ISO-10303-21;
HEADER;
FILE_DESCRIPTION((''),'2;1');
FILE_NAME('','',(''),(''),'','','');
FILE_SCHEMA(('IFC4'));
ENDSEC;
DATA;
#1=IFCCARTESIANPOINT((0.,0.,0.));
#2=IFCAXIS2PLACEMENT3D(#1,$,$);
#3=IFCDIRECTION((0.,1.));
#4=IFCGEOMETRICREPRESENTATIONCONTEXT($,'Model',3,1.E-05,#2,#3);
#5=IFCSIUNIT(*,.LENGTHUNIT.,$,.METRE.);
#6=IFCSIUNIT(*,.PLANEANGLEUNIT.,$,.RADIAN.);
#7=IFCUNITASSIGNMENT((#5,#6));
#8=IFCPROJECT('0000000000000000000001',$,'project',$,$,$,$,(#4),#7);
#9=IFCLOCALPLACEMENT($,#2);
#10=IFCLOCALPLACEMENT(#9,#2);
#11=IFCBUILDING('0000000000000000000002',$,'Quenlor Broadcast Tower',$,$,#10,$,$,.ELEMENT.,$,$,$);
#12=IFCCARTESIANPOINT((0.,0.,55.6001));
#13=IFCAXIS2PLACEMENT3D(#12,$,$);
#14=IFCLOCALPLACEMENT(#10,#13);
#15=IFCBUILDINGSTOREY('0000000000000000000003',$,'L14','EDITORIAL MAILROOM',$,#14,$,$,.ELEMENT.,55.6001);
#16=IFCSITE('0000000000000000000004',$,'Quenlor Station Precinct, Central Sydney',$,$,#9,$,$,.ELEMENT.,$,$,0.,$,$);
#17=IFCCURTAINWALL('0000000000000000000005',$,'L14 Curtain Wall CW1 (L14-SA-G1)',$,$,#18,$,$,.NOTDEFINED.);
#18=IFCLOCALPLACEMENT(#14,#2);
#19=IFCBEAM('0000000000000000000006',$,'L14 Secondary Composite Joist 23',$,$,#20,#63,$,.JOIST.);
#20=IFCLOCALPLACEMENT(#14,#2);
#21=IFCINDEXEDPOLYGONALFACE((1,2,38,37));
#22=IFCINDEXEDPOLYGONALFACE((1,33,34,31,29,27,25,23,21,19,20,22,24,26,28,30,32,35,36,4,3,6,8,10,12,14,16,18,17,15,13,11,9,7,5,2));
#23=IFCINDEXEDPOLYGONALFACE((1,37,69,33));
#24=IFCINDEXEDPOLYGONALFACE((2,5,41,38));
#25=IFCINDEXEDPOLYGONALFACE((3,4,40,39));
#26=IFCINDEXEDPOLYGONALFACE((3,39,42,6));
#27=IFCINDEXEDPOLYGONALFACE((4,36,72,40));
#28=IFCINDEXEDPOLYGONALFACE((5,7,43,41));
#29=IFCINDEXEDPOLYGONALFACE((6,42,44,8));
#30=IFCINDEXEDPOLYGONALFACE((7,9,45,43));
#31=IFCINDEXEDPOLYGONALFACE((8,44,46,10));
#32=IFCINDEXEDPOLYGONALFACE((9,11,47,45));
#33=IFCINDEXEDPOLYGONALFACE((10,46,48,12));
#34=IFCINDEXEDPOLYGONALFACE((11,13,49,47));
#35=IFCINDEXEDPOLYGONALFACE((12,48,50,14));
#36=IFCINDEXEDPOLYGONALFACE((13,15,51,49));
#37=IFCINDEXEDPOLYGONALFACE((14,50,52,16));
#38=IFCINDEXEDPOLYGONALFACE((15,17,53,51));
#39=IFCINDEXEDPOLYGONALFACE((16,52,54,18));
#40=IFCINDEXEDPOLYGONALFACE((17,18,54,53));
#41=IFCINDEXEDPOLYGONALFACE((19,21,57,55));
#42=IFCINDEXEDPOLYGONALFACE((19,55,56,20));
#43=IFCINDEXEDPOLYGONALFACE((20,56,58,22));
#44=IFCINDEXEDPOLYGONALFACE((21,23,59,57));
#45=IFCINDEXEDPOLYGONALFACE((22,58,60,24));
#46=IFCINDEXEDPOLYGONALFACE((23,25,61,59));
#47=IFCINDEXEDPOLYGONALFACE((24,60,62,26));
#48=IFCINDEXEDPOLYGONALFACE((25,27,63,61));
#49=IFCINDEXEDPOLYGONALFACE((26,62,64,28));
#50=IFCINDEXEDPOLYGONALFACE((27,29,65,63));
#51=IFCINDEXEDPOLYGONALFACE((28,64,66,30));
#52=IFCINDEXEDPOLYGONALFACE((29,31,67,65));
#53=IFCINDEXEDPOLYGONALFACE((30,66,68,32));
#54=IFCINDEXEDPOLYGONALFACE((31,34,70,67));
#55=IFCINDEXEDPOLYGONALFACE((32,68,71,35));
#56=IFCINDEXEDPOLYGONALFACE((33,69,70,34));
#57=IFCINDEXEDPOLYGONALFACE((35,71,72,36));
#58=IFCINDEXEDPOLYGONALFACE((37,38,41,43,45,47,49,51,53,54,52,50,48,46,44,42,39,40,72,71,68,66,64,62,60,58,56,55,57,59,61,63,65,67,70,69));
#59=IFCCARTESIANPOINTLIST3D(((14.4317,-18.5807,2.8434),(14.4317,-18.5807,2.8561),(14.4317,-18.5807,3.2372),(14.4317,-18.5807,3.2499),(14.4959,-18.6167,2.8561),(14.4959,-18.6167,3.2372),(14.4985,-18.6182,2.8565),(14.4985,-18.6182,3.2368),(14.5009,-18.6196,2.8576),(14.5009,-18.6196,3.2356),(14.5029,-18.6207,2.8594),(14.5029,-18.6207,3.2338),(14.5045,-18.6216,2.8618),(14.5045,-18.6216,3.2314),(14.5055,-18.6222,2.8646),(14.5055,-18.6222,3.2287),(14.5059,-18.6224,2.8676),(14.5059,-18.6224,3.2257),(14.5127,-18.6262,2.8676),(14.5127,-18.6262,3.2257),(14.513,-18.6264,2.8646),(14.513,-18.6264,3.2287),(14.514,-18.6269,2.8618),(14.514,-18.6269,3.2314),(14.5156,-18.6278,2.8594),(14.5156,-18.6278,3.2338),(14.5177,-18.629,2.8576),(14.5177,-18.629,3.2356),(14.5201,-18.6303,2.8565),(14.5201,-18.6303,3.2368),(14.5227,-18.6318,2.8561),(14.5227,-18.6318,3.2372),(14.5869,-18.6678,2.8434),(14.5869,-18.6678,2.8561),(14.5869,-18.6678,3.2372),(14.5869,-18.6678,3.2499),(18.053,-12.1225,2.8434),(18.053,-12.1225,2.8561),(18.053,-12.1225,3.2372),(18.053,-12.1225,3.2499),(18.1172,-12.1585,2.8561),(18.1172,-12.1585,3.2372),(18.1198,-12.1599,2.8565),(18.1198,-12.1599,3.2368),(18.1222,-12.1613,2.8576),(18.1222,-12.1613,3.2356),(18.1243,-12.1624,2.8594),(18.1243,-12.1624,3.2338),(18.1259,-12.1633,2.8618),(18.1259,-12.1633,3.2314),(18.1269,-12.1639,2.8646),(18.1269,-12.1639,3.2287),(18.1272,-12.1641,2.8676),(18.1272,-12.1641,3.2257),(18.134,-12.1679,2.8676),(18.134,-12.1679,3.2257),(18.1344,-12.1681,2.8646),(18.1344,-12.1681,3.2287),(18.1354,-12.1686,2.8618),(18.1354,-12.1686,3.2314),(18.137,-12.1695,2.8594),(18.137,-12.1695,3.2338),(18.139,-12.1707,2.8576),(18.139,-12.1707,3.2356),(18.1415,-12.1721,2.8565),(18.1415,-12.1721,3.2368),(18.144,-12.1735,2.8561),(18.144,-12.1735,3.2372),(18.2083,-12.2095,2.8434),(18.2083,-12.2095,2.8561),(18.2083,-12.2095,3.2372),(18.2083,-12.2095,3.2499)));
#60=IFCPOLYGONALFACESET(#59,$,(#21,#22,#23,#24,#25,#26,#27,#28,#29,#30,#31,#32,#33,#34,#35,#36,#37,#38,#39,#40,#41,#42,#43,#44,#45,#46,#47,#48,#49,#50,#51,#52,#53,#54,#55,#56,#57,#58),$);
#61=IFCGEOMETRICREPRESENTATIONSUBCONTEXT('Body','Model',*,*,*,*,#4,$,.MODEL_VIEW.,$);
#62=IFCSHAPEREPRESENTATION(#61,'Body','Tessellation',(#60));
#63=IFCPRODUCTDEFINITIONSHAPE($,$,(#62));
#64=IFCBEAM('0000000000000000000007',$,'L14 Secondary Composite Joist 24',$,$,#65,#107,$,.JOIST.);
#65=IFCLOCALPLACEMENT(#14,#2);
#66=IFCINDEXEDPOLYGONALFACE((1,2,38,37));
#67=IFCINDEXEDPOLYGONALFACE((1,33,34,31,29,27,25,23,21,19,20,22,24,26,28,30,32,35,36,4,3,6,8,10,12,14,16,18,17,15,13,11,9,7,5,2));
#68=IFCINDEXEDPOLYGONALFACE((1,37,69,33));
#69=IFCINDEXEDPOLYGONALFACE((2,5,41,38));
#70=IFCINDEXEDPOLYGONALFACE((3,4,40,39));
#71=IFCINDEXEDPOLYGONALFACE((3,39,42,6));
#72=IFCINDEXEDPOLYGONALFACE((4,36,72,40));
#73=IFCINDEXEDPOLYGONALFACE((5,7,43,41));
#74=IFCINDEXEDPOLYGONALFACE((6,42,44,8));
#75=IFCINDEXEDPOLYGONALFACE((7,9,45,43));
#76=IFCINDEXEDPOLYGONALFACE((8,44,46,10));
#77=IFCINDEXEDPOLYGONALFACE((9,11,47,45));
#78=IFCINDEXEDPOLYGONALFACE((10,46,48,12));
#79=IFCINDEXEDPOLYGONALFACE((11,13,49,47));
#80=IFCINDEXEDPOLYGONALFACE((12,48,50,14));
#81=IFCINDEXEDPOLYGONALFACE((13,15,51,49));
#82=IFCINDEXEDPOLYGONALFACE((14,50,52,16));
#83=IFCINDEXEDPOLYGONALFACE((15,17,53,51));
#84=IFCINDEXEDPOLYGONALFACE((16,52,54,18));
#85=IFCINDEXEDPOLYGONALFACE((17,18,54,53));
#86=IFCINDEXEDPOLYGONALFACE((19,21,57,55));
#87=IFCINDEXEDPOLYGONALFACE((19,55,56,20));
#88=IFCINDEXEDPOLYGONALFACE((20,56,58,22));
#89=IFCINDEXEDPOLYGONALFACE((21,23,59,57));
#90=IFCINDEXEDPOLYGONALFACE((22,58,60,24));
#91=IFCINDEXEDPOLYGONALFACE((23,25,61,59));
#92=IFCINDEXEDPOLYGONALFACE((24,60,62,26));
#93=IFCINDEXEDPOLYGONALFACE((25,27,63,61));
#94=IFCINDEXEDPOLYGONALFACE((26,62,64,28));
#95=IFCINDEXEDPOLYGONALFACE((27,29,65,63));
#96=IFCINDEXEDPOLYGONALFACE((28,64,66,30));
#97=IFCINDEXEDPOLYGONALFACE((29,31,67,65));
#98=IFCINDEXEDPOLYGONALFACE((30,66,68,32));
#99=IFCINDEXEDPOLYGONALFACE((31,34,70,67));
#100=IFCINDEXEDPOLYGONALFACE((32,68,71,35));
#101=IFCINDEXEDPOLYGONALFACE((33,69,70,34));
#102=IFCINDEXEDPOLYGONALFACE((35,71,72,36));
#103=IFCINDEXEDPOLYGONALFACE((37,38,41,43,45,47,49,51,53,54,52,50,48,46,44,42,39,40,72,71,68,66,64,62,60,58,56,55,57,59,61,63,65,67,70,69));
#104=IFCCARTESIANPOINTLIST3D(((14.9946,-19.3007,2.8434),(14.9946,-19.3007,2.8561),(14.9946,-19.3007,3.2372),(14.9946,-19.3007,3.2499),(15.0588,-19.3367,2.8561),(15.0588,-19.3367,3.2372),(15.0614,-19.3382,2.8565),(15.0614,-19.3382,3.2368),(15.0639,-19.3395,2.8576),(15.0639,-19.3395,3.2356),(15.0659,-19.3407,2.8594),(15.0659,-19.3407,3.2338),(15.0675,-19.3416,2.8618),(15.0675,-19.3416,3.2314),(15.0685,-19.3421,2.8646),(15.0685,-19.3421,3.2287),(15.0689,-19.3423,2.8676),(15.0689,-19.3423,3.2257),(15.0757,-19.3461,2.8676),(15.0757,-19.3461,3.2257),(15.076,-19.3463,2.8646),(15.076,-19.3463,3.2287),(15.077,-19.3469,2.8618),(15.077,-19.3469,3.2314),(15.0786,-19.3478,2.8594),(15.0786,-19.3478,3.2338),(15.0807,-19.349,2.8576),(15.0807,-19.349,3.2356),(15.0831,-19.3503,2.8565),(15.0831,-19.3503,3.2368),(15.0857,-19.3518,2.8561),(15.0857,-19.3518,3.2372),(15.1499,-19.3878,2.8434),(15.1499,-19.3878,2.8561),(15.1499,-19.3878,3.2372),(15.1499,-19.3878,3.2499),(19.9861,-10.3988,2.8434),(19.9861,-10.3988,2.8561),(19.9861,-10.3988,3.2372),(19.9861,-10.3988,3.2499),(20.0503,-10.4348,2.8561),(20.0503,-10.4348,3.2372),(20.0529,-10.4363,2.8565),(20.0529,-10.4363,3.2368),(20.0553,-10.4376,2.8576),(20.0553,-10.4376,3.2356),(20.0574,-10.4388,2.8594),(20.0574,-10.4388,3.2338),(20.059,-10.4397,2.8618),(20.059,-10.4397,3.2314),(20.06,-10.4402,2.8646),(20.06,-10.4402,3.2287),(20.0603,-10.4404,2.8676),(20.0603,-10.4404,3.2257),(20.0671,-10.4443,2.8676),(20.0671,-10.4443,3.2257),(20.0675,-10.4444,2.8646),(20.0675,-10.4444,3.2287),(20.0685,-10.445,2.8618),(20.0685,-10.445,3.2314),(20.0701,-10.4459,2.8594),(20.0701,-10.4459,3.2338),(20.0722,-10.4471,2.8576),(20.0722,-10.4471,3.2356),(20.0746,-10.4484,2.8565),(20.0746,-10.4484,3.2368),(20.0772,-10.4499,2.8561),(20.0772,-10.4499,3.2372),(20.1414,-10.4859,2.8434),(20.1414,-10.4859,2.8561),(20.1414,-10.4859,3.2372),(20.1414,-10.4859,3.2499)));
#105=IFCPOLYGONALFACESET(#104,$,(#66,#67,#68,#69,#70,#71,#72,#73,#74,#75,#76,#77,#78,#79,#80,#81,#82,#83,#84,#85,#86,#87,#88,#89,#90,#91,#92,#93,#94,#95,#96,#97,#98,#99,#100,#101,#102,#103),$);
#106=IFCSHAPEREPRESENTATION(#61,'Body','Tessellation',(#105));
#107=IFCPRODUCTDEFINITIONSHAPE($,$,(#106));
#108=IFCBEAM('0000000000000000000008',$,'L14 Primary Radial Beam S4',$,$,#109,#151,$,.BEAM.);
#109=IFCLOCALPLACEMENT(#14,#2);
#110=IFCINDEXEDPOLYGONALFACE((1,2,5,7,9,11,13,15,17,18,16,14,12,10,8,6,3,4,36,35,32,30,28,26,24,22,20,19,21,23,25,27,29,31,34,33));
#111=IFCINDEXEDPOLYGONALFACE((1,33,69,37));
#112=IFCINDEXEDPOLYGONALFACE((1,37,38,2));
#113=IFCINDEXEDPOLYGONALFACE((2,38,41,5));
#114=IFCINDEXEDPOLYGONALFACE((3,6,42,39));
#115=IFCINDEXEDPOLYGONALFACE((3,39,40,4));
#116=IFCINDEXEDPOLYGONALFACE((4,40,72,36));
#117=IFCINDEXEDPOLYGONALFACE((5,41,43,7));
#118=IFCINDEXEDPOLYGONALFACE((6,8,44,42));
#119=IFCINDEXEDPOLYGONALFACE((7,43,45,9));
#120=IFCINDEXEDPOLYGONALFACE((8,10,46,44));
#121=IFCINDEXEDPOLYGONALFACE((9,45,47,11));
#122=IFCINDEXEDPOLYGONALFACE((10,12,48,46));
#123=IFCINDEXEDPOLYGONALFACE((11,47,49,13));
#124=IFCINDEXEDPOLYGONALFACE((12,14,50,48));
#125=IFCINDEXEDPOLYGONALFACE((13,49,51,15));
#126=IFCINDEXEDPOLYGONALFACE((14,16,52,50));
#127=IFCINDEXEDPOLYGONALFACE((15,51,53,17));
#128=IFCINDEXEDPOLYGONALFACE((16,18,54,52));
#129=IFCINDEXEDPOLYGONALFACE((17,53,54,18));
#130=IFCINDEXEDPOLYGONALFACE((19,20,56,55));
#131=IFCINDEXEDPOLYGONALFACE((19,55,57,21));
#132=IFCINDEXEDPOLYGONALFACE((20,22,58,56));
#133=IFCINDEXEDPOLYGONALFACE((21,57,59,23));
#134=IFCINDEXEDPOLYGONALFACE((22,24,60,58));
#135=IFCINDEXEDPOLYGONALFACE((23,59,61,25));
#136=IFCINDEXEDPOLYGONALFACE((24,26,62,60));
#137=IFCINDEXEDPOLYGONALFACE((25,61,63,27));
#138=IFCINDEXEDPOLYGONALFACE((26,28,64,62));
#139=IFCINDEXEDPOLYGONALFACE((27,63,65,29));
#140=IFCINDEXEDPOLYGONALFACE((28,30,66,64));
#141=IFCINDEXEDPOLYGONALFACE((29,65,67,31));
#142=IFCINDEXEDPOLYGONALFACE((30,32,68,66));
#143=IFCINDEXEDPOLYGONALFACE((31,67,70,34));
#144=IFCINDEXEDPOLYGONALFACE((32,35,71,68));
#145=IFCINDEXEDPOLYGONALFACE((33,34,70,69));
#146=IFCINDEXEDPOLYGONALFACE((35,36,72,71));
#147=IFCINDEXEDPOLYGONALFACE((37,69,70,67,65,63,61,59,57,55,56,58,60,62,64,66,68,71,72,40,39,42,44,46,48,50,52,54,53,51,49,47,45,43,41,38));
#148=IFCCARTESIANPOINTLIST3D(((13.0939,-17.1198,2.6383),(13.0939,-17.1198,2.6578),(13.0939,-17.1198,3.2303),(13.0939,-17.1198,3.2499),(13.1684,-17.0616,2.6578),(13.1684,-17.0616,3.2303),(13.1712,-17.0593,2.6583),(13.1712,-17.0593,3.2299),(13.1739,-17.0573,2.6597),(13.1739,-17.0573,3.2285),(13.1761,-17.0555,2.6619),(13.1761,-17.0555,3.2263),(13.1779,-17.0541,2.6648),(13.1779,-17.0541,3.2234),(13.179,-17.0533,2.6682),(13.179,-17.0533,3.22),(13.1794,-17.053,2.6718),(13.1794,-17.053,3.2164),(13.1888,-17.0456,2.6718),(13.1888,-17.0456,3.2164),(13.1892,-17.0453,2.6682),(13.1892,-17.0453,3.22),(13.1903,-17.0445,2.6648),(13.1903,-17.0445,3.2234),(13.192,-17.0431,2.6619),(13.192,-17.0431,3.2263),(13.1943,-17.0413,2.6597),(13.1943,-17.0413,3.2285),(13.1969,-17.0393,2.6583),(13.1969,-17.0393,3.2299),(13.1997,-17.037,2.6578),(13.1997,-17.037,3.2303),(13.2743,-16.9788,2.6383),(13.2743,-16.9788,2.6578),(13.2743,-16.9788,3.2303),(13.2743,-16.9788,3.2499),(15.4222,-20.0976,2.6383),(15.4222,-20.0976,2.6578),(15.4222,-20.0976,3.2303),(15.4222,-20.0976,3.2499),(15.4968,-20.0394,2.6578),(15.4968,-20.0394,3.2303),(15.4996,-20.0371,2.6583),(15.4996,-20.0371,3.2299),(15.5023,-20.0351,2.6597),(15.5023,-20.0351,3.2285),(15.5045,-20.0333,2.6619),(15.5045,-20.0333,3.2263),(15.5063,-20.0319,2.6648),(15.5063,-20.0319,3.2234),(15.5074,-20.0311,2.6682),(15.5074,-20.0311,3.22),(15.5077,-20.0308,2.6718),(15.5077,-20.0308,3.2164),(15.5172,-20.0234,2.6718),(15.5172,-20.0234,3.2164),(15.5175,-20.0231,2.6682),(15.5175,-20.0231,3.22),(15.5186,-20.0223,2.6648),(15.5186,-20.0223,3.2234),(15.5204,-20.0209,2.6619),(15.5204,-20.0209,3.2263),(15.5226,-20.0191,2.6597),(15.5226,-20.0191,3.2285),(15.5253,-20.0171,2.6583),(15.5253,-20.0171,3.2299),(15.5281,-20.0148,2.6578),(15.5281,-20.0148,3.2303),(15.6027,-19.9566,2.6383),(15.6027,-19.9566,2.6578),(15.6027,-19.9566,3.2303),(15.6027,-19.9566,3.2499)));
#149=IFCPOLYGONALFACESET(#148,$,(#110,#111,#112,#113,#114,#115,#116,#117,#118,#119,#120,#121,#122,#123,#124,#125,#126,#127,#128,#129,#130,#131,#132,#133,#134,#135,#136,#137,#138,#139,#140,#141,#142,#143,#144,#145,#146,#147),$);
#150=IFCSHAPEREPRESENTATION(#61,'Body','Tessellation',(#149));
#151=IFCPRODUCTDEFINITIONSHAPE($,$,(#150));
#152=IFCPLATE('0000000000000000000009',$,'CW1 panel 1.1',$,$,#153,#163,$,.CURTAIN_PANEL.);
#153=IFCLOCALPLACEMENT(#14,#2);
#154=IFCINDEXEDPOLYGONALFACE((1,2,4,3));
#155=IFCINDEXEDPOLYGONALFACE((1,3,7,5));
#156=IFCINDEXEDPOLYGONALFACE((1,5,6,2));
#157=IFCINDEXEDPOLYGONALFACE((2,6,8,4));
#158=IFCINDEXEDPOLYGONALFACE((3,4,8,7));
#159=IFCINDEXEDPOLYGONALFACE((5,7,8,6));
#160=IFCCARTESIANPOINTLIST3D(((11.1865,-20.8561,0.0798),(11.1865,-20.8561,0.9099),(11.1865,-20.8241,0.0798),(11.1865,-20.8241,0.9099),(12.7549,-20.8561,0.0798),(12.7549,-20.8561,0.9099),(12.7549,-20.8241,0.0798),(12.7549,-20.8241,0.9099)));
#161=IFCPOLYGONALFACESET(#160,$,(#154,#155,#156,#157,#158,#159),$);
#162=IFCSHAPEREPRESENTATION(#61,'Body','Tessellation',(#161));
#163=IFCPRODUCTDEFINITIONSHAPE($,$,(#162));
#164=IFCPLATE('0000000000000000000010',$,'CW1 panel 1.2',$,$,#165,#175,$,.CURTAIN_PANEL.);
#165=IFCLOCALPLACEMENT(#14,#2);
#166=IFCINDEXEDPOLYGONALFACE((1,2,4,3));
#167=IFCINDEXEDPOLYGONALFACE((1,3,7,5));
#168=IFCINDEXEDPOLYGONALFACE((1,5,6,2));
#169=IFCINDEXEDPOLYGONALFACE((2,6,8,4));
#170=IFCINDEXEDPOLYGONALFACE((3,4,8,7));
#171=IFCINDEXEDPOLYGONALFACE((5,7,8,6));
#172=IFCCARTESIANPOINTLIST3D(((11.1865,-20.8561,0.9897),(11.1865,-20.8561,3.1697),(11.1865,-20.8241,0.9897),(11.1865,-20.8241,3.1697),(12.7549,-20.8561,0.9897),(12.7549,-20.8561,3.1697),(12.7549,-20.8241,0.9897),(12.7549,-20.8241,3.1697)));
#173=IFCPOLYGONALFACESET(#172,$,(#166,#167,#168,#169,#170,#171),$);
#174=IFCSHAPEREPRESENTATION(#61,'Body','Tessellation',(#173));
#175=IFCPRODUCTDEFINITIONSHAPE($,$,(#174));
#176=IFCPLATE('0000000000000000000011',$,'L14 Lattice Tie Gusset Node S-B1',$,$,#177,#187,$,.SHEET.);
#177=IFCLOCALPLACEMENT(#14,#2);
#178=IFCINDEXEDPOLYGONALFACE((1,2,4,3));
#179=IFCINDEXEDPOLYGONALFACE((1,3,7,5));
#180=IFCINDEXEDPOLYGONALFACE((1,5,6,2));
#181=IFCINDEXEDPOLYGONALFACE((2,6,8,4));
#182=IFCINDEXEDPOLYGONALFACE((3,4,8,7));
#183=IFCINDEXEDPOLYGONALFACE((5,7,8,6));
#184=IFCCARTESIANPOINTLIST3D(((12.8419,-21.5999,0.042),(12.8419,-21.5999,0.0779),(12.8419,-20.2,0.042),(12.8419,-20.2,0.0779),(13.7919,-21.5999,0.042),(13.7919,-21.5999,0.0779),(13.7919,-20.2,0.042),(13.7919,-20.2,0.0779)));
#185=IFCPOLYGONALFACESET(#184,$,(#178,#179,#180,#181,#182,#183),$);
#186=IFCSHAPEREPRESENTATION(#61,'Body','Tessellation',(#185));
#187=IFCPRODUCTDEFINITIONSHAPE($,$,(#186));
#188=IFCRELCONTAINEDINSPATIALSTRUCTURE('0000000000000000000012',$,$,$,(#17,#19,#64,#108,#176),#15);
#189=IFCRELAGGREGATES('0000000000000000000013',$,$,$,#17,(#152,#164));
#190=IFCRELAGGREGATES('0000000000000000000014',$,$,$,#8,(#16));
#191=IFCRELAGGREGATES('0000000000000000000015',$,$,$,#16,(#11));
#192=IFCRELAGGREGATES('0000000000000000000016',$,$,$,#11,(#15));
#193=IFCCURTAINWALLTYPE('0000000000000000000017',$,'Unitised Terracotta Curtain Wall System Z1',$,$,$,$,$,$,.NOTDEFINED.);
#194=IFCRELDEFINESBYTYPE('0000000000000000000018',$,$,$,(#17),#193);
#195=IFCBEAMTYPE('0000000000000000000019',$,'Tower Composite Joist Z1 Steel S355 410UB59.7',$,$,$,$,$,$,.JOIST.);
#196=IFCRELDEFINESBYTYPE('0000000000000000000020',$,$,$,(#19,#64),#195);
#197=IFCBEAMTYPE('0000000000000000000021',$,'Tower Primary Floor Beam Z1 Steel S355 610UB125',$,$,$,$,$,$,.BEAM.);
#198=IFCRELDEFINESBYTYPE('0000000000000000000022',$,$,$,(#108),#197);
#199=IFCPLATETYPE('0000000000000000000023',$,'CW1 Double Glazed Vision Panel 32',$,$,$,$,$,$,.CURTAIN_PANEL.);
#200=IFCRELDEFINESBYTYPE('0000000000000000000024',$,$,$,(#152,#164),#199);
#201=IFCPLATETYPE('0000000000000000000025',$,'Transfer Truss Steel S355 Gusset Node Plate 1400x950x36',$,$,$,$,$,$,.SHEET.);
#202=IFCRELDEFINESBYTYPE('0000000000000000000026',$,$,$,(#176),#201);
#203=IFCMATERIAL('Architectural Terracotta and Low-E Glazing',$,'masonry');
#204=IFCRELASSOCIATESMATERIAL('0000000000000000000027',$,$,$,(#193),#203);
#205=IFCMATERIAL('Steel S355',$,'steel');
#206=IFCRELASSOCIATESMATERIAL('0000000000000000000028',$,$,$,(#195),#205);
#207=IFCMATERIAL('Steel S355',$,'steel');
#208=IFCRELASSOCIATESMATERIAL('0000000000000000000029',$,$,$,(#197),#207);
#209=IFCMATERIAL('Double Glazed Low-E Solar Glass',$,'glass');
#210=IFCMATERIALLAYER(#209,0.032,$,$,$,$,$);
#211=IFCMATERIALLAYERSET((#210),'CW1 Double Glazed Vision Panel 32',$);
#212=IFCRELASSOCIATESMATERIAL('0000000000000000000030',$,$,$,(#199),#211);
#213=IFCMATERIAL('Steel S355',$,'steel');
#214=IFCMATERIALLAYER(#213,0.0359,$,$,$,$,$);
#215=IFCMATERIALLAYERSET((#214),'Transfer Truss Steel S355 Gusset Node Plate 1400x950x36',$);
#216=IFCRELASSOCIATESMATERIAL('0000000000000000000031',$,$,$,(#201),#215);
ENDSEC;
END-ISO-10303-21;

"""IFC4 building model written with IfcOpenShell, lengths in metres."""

from ifc_helpers import new_model, si_unit, direction, frame, origin, origin_2d, place, context, subcontext, project, spatial, rectangle, i_section, extrude, material, layer, layer_set, material_profile, profile_set, type_object, element, aggregate, save


model = new_model("IFC4")

# Units and contexts
model_context = context("Model", 3, precision=1e-05, world=origin(), true_north=direction((0.0, 1.0)))
body_context = subcontext(model_context, "Body", "Model", "MODEL_VIEW")
ifc_project = project(units=[si_unit("LENGTHUNIT", "METRE"), si_unit("PLANEANGLEUNIT", "RADIAN")], contexts=[model_context])

# Site, building, storey
site_placement = place(None, origin())
site = spatial("IfcSite", under=ifc_project, at=site_placement, Name="Quenlor Station Precinct, Central Sydney", CompositionType="ELEMENT", RefElevation=0.0)
building_placement = place(site_placement, origin())
building = spatial("IfcBuilding", under=site, at=building_placement, Name="Quenlor Broadcast Tower", CompositionType="ELEMENT")
storey_placement = place(building_placement, frame((0.0, 0.0, 55.6001)))
storey = spatial("IfcBuildingStorey", under=building, at=storey_placement, Name="L14", Description="EDITORIAL MAILROOM", CompositionType="ELEMENT", Elevation=55.6001)

# Curtain wall
ifc_material_1 = material(Name="Architectural Terracotta and Low-E Glazing", Category="masonry")
curtain_wall_type = type_object("IfcCurtainWallType", Name="Unitised Terracotta Curtain Wall System Z1", PredefinedType="NOTDEFINED", material=ifc_material_1)
curtain_wall_placement = place(storey_placement, origin())
curtain_wall = element("IfcCurtainWall", 1, at=curtain_wall_placement, inside=storey, type_object=curtain_wall_type, Name="L14 Curtain Wall CW1 (L14-SA-G1)", PredefinedType="NOTDEFINED")

# Beams
ifc_material_2 = material(Name="Steel S355", Category="steel")
ifc_material_profile_1 = material_profile(ifc_material_2, i_section(OverallWidth=0.178, OverallDepth=0.4065, WebThickness=0.0078, FlangeThickness=0.0127, FilletRadius=0.0115, at=origin_2d()))
ifc_profile_set_1 = profile_set([ifc_material_profile_1], Name="Steel S355 410UB59.7")
beam_type_1 = type_object("IfcBeamType", Name="Tower Composite Joist Z1 Steel S355 410UB59.7", PredefinedType="JOIST", material=ifc_profile_set_1)
beam_1_placement = place(storey_placement, frame((14.5093, -18.6243, 3.0466), z_axis=(0.489088, 0.872234, 0.0), x_axis=(-0.872234, 0.489088, 0.0)))
element("IfcBeam", 2, at=beam_1_placement, inside=storey, type_object=beam_type_1, Name="L14 Secondary Composite Joist 23", PredefinedType="JOIST", context=body_context, shape_type="SweptSolid", body=[
    extrude(i_section(OverallWidth=0.178, OverallDepth=0.4065, WebThickness=0.0078, FlangeThickness=0.0127, FilletRadius=0.0115, at=origin_2d()), origin(), (0.0, 0.0, 1.0), 7.4043),
])
beam_2_placement = place(storey_placement, frame((15.0723, -19.3442, 3.0466), z_axis=(0.489082, 0.872238, 0.0), x_axis=(-0.872238, 0.489082, 0.0)))
element("IfcBeam", 3, at=beam_2_placement, inside=storey, type_object=beam_type_1, Name="L14 Secondary Composite Joist 24", PredefinedType="JOIST", context=body_context, shape_type="SweptSolid", body=[
    extrude(i_section(OverallWidth=0.178, OverallDepth=0.4065, WebThickness=0.0078, FlangeThickness=0.0127, FilletRadius=0.0115, at=origin_2d()), origin(), (0.0, 0.0, 1.0), 10.2058),
])
ifc_material_3 = material(Name="Steel S355", Category="steel")
ifc_material_profile_2 = material_profile(ifc_material_3, i_section(OverallWidth=0.229, OverallDepth=0.6116, WebThickness=0.012, FlangeThickness=0.0195, FilletRadius=0.0139, at=origin_2d()))
ifc_profile_set_2 = profile_set([ifc_material_profile_2], Name="Steel S355 610UB125")
beam_type_2 = type_object("IfcBeamType", Name="Tower Primary Floor Beam Z1 Steel S355 610UB125", PredefinedType="BEAM", material=ifc_profile_set_2)
beam_3_placement = place(storey_placement, frame((15.5125, -20.0271, 2.9441), z_axis=(-0.615969, 0.787771, 0.0), x_axis=(-0.787771, -0.615969, 0.0)))
element("IfcBeam", 4, at=beam_3_placement, inside=storey, type_object=beam_type_2, Name="L14 Primary Radial Beam S4", PredefinedType="BEAM", context=body_context, shape_type="SweptSolid", body=[
    extrude(i_section(OverallWidth=0.229, OverallDepth=0.6116, WebThickness=0.012, FlangeThickness=0.0195, FilletRadius=0.0139, at=origin_2d()), origin(), (0.0, 0.0, 1.0), 3.78),
])

# Plates
ifc_material_4 = material(Name="Double Glazed Low-E Solar Glass", Category="glass")
ifc_layer_1 = layer(ifc_material_4, 0.032)
ifc_layer_set_1 = layer_set([ifc_layer_1], Name="CW1 Double Glazed Vision Panel 32")
plate_type_1 = type_object("IfcPlateType", Name="CW1 Double Glazed Vision Panel 32", PredefinedType="CURTAIN_PANEL", material=ifc_layer_set_1)
plate_1_placement = place(storey_placement, frame((11.9707, -20.8401, 0.0798), z_axis=(0.0, 0.0, 1.0), x_axis=(-1.0, 0.0, 0.0)))
plate_1 = element("IfcPlate", 5, at=plate_1_placement, type_object=plate_type_1, Name="CW1 panel 1.1", PredefinedType="CURTAIN_PANEL", context=body_context, shape_type="SweptSolid", body=[
    extrude(rectangle(XDim=1.5684, YDim=0.032, at=origin_2d()), origin(), (0.0, 0.0, 1.0), 0.8301),
])
plate_2_placement = place(storey_placement, frame((11.9707, -20.8401, 0.9897), z_axis=(0.0, 0.0, 1.0), x_axis=(-1.0, 0.0, 0.0)))
plate_2 = element("IfcPlate", 6, at=plate_2_placement, type_object=plate_type_1, Name="CW1 panel 1.2", PredefinedType="CURTAIN_PANEL", context=body_context, shape_type="SweptSolid", body=[
    extrude(rectangle(XDim=1.5684, YDim=0.032, at=origin_2d()), origin(), (0.0, 0.0, 1.0), 2.1799),
])
aggregate(curtain_wall, [plate_1, plate_2])

# Plate
ifc_material_5 = material(Name="Steel S355", Category="steel")
ifc_layer_2 = layer(ifc_material_5, 0.0359)
ifc_layer_set_2 = layer_set([ifc_layer_2], Name="Transfer Truss Steel S355 Gusset Node Plate 1400x950x36")
plate_type_2 = type_object("IfcPlateType", Name="Transfer Truss Steel S355 Gusset Node Plate 1400x950x36", PredefinedType="SHEET", material=ifc_layer_set_2)
for number, where, z_axis, x_axis, name in (
    (7, (13.3169, -20.8999, 0.042), (0.0, 0.0, 1.0), (0.0, -1.0, 0.0), "L14 Lattice Tie Gusset Node S-B1"),
):
    element("IfcPlate", number, at=place(storey_placement, frame(where, z_axis=z_axis, x_axis=x_axis)), inside=storey, type_object=plate_type_2, Name=name, PredefinedType="SHEET", context=body_context, shape_type="SweptSolid", body=[
        extrude(rectangle(XDim=1.3999, YDim=0.95, at=origin_2d()), origin(), (0.0, 0.0, 1.0), 0.0359),
    ])

save(model, "model.ifc")
